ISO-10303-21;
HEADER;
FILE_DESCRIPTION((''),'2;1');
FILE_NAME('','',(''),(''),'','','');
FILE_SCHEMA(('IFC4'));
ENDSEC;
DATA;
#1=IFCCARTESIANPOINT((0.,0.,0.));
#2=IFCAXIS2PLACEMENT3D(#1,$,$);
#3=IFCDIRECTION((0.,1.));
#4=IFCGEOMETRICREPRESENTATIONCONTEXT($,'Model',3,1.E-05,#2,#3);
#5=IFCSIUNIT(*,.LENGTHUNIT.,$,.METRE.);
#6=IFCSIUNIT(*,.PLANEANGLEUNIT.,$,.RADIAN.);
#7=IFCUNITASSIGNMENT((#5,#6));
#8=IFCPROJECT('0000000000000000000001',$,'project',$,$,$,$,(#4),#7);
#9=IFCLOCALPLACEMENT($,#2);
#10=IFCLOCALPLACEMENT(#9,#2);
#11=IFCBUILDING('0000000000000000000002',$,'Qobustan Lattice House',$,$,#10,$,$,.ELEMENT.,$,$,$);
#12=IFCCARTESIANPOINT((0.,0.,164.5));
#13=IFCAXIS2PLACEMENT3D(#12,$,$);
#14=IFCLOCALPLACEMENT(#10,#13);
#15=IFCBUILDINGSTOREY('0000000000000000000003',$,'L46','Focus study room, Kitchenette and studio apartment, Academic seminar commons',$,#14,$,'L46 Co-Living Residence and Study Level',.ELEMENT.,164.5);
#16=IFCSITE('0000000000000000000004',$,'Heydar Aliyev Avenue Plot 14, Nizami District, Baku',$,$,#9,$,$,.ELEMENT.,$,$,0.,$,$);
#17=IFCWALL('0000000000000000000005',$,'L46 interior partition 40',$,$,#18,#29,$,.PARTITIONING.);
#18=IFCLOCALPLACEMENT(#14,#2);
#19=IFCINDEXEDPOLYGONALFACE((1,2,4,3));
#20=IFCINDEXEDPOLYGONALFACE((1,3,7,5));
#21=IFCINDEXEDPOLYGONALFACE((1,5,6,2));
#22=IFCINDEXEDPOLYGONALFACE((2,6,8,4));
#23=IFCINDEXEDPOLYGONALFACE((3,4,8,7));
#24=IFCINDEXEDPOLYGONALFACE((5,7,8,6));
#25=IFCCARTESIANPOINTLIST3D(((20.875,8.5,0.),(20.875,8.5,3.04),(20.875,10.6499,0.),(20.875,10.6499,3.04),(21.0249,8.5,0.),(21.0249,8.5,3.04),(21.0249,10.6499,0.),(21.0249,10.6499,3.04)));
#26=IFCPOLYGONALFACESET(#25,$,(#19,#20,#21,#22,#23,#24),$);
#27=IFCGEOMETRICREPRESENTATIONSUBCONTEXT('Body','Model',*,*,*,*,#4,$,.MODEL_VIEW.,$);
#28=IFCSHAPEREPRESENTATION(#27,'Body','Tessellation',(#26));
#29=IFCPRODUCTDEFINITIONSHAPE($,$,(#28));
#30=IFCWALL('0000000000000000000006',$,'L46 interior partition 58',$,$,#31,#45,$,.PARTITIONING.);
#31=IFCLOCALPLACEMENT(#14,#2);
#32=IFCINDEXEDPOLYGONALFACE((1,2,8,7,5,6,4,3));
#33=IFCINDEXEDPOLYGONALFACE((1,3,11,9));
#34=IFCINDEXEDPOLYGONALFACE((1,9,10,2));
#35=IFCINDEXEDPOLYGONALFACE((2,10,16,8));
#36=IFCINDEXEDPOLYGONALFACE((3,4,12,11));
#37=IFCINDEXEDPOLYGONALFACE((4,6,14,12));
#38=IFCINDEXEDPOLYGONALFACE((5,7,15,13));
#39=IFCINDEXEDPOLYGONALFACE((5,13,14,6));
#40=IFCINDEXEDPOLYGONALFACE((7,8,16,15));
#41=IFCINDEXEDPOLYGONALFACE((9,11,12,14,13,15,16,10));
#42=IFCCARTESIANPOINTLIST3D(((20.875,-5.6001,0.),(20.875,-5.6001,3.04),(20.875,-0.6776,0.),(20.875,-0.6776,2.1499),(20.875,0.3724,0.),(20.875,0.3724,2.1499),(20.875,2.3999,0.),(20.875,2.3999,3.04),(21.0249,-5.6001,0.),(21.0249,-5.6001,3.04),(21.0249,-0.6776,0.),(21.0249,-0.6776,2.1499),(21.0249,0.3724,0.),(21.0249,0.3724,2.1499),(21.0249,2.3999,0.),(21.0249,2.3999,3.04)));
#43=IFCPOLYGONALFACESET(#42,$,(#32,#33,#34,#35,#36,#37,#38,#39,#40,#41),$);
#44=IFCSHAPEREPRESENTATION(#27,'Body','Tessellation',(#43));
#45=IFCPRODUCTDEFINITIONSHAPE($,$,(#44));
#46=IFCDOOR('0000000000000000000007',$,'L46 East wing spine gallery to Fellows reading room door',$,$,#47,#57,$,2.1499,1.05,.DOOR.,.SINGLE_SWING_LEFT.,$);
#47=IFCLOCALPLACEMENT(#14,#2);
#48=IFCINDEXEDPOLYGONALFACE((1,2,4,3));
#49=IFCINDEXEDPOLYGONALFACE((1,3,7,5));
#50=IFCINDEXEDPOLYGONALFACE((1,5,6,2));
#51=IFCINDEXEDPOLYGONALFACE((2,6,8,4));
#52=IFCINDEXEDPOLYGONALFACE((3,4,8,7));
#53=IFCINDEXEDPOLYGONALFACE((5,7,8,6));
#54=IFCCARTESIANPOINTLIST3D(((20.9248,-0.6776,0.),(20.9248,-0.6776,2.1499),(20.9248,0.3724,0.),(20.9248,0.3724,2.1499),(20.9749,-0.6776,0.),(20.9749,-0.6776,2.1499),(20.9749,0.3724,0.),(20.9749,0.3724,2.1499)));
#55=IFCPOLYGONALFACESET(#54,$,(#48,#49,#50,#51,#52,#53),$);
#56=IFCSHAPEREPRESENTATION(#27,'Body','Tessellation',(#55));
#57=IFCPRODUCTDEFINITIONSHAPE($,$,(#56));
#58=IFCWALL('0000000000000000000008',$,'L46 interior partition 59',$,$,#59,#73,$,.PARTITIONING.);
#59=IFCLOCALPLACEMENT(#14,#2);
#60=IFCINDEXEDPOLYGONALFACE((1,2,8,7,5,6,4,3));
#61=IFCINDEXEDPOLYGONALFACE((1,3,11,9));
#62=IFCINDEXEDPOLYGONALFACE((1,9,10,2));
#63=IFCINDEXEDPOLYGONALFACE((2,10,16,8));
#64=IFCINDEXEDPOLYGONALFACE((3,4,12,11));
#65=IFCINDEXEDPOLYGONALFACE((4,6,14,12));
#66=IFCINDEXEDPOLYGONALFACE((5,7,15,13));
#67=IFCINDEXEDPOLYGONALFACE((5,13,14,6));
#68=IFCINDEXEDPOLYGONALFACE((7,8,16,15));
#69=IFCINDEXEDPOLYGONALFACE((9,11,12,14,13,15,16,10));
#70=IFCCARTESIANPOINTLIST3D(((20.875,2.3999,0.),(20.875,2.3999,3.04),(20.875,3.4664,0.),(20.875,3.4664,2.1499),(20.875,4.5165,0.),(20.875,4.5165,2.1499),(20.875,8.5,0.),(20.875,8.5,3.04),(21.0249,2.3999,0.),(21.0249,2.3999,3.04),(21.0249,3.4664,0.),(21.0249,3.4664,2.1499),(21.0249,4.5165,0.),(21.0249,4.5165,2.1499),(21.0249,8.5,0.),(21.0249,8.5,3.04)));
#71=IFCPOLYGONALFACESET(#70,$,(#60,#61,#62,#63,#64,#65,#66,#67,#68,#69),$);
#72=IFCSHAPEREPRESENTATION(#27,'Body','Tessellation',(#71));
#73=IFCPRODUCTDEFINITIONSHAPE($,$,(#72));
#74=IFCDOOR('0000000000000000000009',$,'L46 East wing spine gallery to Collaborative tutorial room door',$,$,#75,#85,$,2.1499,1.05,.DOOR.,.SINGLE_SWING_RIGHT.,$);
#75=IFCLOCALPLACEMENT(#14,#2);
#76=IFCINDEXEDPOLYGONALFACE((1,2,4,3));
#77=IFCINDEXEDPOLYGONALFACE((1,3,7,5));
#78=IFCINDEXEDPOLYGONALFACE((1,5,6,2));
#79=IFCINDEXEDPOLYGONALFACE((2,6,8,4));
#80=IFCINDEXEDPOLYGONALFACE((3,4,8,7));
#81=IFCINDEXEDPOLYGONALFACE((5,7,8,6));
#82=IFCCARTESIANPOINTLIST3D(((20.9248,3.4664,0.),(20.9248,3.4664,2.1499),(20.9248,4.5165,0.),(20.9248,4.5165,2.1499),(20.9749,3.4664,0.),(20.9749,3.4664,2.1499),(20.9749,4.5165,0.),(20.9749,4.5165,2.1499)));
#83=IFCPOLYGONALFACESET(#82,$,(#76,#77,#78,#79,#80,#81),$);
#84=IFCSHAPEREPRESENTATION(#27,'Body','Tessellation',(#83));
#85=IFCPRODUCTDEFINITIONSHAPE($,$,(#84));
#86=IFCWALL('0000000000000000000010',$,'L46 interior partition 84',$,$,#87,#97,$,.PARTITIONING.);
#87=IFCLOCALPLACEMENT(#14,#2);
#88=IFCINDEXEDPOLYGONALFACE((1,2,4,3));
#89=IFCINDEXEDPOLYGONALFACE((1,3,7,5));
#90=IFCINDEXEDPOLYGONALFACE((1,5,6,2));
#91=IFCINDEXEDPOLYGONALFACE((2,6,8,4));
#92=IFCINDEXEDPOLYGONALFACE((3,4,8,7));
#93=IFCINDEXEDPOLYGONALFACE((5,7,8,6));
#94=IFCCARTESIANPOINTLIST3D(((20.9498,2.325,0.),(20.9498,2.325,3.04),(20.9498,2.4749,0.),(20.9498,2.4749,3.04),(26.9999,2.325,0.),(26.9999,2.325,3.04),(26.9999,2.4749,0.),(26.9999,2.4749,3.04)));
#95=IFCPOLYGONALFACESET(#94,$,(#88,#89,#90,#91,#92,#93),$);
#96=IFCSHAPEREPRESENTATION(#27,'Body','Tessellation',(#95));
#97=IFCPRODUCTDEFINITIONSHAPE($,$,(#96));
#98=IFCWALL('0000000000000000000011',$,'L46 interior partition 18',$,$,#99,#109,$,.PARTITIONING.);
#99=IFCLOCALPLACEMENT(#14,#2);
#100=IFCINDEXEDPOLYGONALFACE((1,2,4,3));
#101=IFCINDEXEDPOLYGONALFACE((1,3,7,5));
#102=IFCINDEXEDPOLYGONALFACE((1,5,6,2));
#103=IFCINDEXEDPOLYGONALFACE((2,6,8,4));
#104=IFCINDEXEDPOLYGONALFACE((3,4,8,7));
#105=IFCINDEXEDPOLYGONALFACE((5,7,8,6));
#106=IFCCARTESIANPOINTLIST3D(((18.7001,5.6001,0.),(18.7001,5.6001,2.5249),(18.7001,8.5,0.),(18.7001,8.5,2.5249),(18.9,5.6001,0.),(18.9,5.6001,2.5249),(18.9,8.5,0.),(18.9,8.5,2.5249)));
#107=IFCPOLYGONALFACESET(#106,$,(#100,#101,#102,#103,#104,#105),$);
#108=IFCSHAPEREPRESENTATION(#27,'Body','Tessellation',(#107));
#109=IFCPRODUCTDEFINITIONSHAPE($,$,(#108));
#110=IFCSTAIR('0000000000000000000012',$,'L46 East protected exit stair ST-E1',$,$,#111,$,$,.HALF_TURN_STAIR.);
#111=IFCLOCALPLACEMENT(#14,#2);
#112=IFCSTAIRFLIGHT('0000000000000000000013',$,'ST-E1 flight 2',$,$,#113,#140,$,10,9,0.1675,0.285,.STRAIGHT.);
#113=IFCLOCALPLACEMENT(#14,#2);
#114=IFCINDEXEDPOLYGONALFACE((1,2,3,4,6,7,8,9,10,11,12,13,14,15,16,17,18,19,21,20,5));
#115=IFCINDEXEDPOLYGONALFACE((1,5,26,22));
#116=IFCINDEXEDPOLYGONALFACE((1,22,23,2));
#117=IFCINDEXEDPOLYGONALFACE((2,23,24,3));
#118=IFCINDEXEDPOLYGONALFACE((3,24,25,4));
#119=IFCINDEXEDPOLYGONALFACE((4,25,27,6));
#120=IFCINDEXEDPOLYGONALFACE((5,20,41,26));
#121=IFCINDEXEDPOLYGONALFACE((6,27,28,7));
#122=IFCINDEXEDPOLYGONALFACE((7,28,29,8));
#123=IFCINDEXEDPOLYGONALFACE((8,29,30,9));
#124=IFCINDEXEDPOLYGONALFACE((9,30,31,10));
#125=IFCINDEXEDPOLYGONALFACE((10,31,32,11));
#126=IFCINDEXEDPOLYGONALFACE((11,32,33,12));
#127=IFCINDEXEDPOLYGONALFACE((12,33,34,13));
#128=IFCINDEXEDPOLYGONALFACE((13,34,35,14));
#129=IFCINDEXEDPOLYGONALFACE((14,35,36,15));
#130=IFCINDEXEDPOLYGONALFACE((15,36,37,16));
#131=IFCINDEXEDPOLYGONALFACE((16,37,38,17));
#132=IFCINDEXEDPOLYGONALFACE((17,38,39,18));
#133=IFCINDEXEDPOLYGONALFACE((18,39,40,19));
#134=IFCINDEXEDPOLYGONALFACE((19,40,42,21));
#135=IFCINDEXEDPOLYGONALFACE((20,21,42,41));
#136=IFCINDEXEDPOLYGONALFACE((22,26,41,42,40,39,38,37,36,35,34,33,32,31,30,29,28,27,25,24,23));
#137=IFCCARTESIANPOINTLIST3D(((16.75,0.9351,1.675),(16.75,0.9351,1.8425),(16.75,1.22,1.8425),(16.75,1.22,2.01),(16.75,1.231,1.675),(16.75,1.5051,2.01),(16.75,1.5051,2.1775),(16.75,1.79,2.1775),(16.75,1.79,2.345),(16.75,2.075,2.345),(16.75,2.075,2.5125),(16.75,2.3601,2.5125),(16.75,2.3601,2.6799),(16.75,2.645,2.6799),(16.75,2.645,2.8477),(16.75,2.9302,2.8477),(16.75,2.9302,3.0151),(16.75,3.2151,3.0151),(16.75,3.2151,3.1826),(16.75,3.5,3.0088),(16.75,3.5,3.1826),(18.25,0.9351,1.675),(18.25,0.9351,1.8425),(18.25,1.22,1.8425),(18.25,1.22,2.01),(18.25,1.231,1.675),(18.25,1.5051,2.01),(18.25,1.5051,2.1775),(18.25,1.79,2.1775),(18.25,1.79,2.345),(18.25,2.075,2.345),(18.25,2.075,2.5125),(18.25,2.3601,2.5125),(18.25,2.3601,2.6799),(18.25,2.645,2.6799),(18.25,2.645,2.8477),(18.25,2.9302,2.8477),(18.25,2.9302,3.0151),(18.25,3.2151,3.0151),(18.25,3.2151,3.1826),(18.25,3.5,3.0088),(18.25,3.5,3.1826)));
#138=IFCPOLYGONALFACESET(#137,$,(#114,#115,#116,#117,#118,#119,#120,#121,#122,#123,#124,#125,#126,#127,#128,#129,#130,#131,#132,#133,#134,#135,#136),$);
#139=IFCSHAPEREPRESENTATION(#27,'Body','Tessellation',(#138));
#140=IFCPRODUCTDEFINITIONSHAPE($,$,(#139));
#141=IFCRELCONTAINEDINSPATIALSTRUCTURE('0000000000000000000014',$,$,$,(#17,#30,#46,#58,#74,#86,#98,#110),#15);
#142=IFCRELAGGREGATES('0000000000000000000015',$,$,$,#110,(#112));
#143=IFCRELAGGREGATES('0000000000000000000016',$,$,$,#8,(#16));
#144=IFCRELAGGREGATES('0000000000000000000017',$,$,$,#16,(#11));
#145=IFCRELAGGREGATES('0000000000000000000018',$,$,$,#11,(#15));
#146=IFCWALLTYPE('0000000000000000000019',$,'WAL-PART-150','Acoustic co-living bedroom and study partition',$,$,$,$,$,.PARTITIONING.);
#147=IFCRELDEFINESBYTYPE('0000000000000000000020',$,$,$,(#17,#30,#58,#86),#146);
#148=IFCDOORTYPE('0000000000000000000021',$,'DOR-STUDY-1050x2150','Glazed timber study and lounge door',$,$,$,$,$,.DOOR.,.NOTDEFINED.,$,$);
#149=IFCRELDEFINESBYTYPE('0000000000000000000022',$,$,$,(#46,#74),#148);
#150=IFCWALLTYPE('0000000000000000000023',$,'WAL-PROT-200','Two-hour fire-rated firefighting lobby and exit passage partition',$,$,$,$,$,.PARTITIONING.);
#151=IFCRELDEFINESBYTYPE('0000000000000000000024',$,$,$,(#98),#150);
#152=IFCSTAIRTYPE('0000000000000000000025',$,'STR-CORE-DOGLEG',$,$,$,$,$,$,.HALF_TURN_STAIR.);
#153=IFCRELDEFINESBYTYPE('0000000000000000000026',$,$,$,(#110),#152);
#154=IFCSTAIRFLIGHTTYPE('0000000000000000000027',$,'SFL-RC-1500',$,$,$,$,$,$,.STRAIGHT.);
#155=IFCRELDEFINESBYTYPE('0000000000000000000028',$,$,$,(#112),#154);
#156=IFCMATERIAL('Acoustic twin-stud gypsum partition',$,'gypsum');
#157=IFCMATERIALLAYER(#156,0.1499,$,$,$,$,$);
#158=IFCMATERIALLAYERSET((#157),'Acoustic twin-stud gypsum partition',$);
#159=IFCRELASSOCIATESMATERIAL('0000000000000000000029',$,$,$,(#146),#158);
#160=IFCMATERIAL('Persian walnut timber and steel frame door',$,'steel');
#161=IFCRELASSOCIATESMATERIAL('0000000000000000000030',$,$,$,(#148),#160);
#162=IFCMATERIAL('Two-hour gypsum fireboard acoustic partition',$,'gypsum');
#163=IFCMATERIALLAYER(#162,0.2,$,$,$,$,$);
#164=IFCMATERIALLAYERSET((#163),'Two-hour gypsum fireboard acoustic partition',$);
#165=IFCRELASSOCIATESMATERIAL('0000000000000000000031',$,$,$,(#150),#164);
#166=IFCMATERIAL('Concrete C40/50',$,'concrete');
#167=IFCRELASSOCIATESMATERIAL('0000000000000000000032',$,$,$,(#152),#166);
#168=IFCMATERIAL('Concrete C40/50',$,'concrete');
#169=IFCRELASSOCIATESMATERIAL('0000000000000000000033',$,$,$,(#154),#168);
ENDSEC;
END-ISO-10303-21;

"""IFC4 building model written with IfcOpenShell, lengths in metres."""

from ifc_helpers import new_model, si_unit, direction, frame, frame_2d, origin, place, context, subcontext, project, spatial, polyline, rectangle, outline, extrude, material, layer, layer_set, type_object, element, fill, aggregate, save


model = new_model("IFC4")

# Units and contexts
model_context = context("Model", 3, precision=1e-05, world=origin(), true_north=direction((0.0, 1.0)))
body_context = subcontext(model_context, "Body", "Model", "MODEL_VIEW")
ifc_project = project(units=[si_unit("LENGTHUNIT", "METRE"), si_unit("PLANEANGLEUNIT", "RADIAN")], contexts=[model_context])

# Site, building, storey
site_placement = place(None, origin())
site = spatial("IfcSite", under=ifc_project, at=site_placement, Name="Heydar Aliyev Avenue Plot 14, Nizami District, Baku", CompositionType="ELEMENT", RefElevation=0.0)
building_placement = place(site_placement, origin())
building = spatial("IfcBuilding", under=site, at=building_placement, Name="Qobustan Lattice House", CompositionType="ELEMENT")
storey_placement = place(building_placement, frame((0.0, 0.0, 164.5)))
storey = spatial("IfcBuildingStorey", under=building, at=storey_placement, Name="L46", Description="Focus study room, Kitchenette and studio apartment, Academic seminar commons", LongName="L46 Co-Living Residence and Study Level", CompositionType="ELEMENT", Elevation=164.5)

# Wall
ifc_material_1 = material(Name="Acoustic twin-stud gypsum partition", Category="gypsum")
ifc_layer_1 = layer(ifc_material_1, 0.1499)
ifc_layer_set_1 = layer_set([ifc_layer_1], Name="Acoustic twin-stud gypsum partition")
wall_type_1 = type_object("IfcWallType", Name="WAL-PART-150", Description="Acoustic co-living bedroom and study partition", PredefinedType="PARTITIONING", material=ifc_layer_set_1)
wall_1_placement = place(storey_placement, frame((20.95, 10.6499, 0.0), z_axis=(0.0, 0.0, 1.0), x_axis=(0.0, -1.0, 0.0)))
element("IfcWall", 1, at=wall_1_placement, inside=storey, type_object=wall_type_1, Name="L46 interior partition 40", PredefinedType="PARTITIONING", context=body_context, shape_type="SweptSolid", body=[
    extrude(rectangle(XDim=2.1499, YDim=0.1499, at=frame_2d((1.075, 0.0))), origin(), (0.0, 0.0, 1.0), 3.04),
])

# Walls, openings, doors
wall_2_placement = place(storey_placement, frame((20.95, 2.3999, 0.0), z_axis=(0.0, 0.0, 1.0), x_axis=(0.0, -1.0, 0.0)))
wall_2 = element("IfcWall", 2, at=wall_2_placement, inside=storey, type_object=wall_type_1, Name="L46 interior partition 58", PredefinedType="PARTITIONING", context=body_context, shape_type="SweptSolid", body=[
    extrude(rectangle(XDim=8.0, YDim=0.1499, at=frame_2d((4.0, 0.0))), origin(), (0.0, 0.0, 1.0), 3.04),
])
opening_1_placement = place(wall_2_placement, frame((2.0276, 0.0, 0.0)))
opening_1 = element("IfcOpeningElement", 3, at=opening_1_placement, cuts=wall_2, PredefinedType="OPENING", context=body_context, shape_type="SweptSolid", body=[
    extrude(rectangle(XDim=1.05, YDim=2.1499, at=frame_2d((0.5249, 1.075))), frame((0.0, 0.085, 0.0), z_axis=(0.0, -1.0, 0.0), x_axis=(1.0, 0.0, 0.0)), (0.0, 0.0, 1.0), 0.1699),
])
ifc_material_2 = material(Name="Persian walnut timber and steel frame door", Category="steel")
door_type_1 = type_object("IfcDoorType", Name="DOR-STUDY-1050x2150", Description="Glazed timber study and lounge door", OperationType="NOTDEFINED", PredefinedType="DOOR", material=ifc_material_2)
door_1_placement = place(opening_1_placement, origin())
door_1 = element("IfcDoor", 4, at=door_1_placement, inside=storey, type_object=door_type_1, Name="L46 East wing spine gallery to Fellows reading room door", OperationType="SINGLE_SWING_LEFT", OverallHeight=2.1499, OverallWidth=1.05, PredefinedType="DOOR", context=body_context, shape_type="SweptSolid", body=[
    extrude(rectangle(XDim=1.05, YDim=2.1499, at=frame_2d((0.5249, 1.075))), frame((0.0, 0.0249, 0.0), z_axis=(0.0, -1.0, 0.0), x_axis=(1.0, 0.0, 0.0)), (0.0, 0.0, 1.0), 0.05),
])
fill(opening_1, door_1)
wall_3_placement = place(storey_placement, frame((20.95, 8.5, 0.0), z_axis=(0.0, 0.0, 1.0), x_axis=(0.0, -1.0, 0.0)))
wall_3 = element("IfcWall", 5, at=wall_3_placement, inside=storey, type_object=wall_type_1, Name="L46 interior partition 59", PredefinedType="PARTITIONING", context=body_context, shape_type="SweptSolid", body=[
    extrude(rectangle(XDim=6.1001, YDim=0.1499, at=frame_2d((3.05, 0.0))), origin(), (0.0, 0.0, 1.0), 3.04),
])
opening_2_placement = place(wall_3_placement, frame((3.9836, 0.0, 0.0)))
opening_2 = element("IfcOpeningElement", 6, at=opening_2_placement, cuts=wall_3, PredefinedType="OPENING", context=body_context, shape_type="SweptSolid", body=[
    extrude(rectangle(XDim=1.05, YDim=2.1499, at=frame_2d((0.5249, 1.075))), frame((0.0, 0.085, 0.0), z_axis=(0.0, -1.0, 0.0), x_axis=(1.0, 0.0, 0.0)), (0.0, 0.0, 1.0), 0.1699),
])
door_2_placement = place(opening_2_placement, origin())
door_2 = element("IfcDoor", 7, at=door_2_placement, inside=storey, type_object=door_type_1, Name="L46 East wing spine gallery to Collaborative tutorial room door", OperationType="SINGLE_SWING_RIGHT", OverallHeight=2.1499, OverallWidth=1.05, PredefinedType="DOOR", context=body_context, shape_type="SweptSolid", body=[
    extrude(rectangle(XDim=1.05, YDim=2.1499, at=frame_2d((0.5249, 1.075))), frame((0.0, 0.0249, 0.0), z_axis=(0.0, -1.0, 0.0), x_axis=(1.0, 0.0, 0.0)), (0.0, 0.0, 1.0), 0.05),
])
fill(opening_2, door_2)

# Wall
wall_4_placement = place(storey_placement, frame((20.95, 2.3999, 0.0), z_axis=(0.0, 0.0, 1.0), x_axis=(1.0, 0.0, 0.0)))
element("IfcWall", 8, at=wall_4_placement, inside=storey, type_object=wall_type_1, Name="L46 interior partition 84", PredefinedType="PARTITIONING", context=body_context, shape_type="SweptSolid", body=[
    extrude(rectangle(XDim=6.05, YDim=0.1499, at=frame_2d((3.0249, 0.0))), origin(), (0.0, 0.0, 1.0), 3.04),
])

# Shared definitions
ifc_material_3 = material(Name="Two-hour gypsum fireboard acoustic partition", Category="gypsum")
ifc_layer_2 = layer(ifc_material_3, 0.2)
ifc_layer_set_2 = layer_set([ifc_layer_2], Name="Two-hour gypsum fireboard acoustic partition")
wall_type_2 = type_object("IfcWallType", Name="WAL-PROT-200", Description="Two-hour fire-rated firefighting lobby and exit passage partition", PredefinedType="PARTITIONING", material=ifc_layer_set_2)

# Wall
wall_5_placement = place(storey_placement, frame((18.8, 5.6001, 0.0), z_axis=(0.0, 0.0, 1.0), x_axis=(0.0, 1.0, 0.0)))
element("IfcWall", 9, at=wall_5_placement, inside=storey, type_object=wall_type_2, Name="L46 interior partition 18", PredefinedType="PARTITIONING", context=body_context, shape_type="SweptSolid", body=[
    extrude(rectangle(XDim=2.8999, YDim=0.2, at=frame_2d((1.45, 0.0))), origin(), (0.0, 0.0, 1.0), 2.5249),
])

# Stair, stair flight
ifc_material_4 = material(Name="Concrete C40/50", Category="concrete")
stair_type = type_object("IfcStairType", Name="STR-CORE-DOGLEG", PredefinedType="HALF_TURN_STAIR", material=ifc_material_4)
stair_placement = place(storey_placement, origin())
stair = element("IfcStair", 10, at=stair_placement, inside=storey, type_object=stair_type, Name="L46 East protected exit stair ST-E1", PredefinedType="HALF_TURN_STAIR")
ifc_material_5 = material(Name="Concrete C40/50", Category="concrete")
stair_flight_type = type_object("IfcStairFlightType", Name="SFL-RC-1500", PredefinedType="STRAIGHT", material=ifc_material_5)
stair_flight_placement = place(storey_placement, frame((17.5, 0.9351, 1.675), z_axis=(0.0, 0.0, 1.0), x_axis=(0.0, 1.0, 0.0)))
stair_flight = element("IfcStairFlight", 11, at=stair_flight_placement, type_object=stair_flight_type, Name="ST-E1 flight 2", NumberOfRisers=10, NumberOfTreads=9, PredefinedType="STRAIGHT", RiserHeight=0.1675, TreadLength=0.285, context=body_context, shape_type="SweptSolid", body=[
    extrude(outline(polyline([(0.0, 0.0), (0.0, 0.1675), (0.2849, 0.1675), (0.2849, 0.335), (0.5701, 0.335), (0.5701, 0.5024), (0.855, 0.5024), (0.855, 0.6699), (1.1399, 0.6699), (1.1399, 0.8374), (1.425, 0.8374), (1.425, 1.0049), (1.71, 1.0049), (1.71, 1.1726), (1.9951, 1.1726), (1.9951, 1.3401), (2.28, 1.3401), (2.28, 1.5076), (2.5649, 1.5076), (2.5649, 1.675), (2.5649, 1.3337), (0.2959, 0.0), (0.0, 0.0)])), frame((0.0, 0.75, 0.0), z_axis=(0.0, -1.0, 0.0), x_axis=(1.0, 0.0, 0.0)), (0.0, 0.0, 1.0), 1.5),
])
aggregate(stair, [stair_flight])

save(model, "model.ifc")
